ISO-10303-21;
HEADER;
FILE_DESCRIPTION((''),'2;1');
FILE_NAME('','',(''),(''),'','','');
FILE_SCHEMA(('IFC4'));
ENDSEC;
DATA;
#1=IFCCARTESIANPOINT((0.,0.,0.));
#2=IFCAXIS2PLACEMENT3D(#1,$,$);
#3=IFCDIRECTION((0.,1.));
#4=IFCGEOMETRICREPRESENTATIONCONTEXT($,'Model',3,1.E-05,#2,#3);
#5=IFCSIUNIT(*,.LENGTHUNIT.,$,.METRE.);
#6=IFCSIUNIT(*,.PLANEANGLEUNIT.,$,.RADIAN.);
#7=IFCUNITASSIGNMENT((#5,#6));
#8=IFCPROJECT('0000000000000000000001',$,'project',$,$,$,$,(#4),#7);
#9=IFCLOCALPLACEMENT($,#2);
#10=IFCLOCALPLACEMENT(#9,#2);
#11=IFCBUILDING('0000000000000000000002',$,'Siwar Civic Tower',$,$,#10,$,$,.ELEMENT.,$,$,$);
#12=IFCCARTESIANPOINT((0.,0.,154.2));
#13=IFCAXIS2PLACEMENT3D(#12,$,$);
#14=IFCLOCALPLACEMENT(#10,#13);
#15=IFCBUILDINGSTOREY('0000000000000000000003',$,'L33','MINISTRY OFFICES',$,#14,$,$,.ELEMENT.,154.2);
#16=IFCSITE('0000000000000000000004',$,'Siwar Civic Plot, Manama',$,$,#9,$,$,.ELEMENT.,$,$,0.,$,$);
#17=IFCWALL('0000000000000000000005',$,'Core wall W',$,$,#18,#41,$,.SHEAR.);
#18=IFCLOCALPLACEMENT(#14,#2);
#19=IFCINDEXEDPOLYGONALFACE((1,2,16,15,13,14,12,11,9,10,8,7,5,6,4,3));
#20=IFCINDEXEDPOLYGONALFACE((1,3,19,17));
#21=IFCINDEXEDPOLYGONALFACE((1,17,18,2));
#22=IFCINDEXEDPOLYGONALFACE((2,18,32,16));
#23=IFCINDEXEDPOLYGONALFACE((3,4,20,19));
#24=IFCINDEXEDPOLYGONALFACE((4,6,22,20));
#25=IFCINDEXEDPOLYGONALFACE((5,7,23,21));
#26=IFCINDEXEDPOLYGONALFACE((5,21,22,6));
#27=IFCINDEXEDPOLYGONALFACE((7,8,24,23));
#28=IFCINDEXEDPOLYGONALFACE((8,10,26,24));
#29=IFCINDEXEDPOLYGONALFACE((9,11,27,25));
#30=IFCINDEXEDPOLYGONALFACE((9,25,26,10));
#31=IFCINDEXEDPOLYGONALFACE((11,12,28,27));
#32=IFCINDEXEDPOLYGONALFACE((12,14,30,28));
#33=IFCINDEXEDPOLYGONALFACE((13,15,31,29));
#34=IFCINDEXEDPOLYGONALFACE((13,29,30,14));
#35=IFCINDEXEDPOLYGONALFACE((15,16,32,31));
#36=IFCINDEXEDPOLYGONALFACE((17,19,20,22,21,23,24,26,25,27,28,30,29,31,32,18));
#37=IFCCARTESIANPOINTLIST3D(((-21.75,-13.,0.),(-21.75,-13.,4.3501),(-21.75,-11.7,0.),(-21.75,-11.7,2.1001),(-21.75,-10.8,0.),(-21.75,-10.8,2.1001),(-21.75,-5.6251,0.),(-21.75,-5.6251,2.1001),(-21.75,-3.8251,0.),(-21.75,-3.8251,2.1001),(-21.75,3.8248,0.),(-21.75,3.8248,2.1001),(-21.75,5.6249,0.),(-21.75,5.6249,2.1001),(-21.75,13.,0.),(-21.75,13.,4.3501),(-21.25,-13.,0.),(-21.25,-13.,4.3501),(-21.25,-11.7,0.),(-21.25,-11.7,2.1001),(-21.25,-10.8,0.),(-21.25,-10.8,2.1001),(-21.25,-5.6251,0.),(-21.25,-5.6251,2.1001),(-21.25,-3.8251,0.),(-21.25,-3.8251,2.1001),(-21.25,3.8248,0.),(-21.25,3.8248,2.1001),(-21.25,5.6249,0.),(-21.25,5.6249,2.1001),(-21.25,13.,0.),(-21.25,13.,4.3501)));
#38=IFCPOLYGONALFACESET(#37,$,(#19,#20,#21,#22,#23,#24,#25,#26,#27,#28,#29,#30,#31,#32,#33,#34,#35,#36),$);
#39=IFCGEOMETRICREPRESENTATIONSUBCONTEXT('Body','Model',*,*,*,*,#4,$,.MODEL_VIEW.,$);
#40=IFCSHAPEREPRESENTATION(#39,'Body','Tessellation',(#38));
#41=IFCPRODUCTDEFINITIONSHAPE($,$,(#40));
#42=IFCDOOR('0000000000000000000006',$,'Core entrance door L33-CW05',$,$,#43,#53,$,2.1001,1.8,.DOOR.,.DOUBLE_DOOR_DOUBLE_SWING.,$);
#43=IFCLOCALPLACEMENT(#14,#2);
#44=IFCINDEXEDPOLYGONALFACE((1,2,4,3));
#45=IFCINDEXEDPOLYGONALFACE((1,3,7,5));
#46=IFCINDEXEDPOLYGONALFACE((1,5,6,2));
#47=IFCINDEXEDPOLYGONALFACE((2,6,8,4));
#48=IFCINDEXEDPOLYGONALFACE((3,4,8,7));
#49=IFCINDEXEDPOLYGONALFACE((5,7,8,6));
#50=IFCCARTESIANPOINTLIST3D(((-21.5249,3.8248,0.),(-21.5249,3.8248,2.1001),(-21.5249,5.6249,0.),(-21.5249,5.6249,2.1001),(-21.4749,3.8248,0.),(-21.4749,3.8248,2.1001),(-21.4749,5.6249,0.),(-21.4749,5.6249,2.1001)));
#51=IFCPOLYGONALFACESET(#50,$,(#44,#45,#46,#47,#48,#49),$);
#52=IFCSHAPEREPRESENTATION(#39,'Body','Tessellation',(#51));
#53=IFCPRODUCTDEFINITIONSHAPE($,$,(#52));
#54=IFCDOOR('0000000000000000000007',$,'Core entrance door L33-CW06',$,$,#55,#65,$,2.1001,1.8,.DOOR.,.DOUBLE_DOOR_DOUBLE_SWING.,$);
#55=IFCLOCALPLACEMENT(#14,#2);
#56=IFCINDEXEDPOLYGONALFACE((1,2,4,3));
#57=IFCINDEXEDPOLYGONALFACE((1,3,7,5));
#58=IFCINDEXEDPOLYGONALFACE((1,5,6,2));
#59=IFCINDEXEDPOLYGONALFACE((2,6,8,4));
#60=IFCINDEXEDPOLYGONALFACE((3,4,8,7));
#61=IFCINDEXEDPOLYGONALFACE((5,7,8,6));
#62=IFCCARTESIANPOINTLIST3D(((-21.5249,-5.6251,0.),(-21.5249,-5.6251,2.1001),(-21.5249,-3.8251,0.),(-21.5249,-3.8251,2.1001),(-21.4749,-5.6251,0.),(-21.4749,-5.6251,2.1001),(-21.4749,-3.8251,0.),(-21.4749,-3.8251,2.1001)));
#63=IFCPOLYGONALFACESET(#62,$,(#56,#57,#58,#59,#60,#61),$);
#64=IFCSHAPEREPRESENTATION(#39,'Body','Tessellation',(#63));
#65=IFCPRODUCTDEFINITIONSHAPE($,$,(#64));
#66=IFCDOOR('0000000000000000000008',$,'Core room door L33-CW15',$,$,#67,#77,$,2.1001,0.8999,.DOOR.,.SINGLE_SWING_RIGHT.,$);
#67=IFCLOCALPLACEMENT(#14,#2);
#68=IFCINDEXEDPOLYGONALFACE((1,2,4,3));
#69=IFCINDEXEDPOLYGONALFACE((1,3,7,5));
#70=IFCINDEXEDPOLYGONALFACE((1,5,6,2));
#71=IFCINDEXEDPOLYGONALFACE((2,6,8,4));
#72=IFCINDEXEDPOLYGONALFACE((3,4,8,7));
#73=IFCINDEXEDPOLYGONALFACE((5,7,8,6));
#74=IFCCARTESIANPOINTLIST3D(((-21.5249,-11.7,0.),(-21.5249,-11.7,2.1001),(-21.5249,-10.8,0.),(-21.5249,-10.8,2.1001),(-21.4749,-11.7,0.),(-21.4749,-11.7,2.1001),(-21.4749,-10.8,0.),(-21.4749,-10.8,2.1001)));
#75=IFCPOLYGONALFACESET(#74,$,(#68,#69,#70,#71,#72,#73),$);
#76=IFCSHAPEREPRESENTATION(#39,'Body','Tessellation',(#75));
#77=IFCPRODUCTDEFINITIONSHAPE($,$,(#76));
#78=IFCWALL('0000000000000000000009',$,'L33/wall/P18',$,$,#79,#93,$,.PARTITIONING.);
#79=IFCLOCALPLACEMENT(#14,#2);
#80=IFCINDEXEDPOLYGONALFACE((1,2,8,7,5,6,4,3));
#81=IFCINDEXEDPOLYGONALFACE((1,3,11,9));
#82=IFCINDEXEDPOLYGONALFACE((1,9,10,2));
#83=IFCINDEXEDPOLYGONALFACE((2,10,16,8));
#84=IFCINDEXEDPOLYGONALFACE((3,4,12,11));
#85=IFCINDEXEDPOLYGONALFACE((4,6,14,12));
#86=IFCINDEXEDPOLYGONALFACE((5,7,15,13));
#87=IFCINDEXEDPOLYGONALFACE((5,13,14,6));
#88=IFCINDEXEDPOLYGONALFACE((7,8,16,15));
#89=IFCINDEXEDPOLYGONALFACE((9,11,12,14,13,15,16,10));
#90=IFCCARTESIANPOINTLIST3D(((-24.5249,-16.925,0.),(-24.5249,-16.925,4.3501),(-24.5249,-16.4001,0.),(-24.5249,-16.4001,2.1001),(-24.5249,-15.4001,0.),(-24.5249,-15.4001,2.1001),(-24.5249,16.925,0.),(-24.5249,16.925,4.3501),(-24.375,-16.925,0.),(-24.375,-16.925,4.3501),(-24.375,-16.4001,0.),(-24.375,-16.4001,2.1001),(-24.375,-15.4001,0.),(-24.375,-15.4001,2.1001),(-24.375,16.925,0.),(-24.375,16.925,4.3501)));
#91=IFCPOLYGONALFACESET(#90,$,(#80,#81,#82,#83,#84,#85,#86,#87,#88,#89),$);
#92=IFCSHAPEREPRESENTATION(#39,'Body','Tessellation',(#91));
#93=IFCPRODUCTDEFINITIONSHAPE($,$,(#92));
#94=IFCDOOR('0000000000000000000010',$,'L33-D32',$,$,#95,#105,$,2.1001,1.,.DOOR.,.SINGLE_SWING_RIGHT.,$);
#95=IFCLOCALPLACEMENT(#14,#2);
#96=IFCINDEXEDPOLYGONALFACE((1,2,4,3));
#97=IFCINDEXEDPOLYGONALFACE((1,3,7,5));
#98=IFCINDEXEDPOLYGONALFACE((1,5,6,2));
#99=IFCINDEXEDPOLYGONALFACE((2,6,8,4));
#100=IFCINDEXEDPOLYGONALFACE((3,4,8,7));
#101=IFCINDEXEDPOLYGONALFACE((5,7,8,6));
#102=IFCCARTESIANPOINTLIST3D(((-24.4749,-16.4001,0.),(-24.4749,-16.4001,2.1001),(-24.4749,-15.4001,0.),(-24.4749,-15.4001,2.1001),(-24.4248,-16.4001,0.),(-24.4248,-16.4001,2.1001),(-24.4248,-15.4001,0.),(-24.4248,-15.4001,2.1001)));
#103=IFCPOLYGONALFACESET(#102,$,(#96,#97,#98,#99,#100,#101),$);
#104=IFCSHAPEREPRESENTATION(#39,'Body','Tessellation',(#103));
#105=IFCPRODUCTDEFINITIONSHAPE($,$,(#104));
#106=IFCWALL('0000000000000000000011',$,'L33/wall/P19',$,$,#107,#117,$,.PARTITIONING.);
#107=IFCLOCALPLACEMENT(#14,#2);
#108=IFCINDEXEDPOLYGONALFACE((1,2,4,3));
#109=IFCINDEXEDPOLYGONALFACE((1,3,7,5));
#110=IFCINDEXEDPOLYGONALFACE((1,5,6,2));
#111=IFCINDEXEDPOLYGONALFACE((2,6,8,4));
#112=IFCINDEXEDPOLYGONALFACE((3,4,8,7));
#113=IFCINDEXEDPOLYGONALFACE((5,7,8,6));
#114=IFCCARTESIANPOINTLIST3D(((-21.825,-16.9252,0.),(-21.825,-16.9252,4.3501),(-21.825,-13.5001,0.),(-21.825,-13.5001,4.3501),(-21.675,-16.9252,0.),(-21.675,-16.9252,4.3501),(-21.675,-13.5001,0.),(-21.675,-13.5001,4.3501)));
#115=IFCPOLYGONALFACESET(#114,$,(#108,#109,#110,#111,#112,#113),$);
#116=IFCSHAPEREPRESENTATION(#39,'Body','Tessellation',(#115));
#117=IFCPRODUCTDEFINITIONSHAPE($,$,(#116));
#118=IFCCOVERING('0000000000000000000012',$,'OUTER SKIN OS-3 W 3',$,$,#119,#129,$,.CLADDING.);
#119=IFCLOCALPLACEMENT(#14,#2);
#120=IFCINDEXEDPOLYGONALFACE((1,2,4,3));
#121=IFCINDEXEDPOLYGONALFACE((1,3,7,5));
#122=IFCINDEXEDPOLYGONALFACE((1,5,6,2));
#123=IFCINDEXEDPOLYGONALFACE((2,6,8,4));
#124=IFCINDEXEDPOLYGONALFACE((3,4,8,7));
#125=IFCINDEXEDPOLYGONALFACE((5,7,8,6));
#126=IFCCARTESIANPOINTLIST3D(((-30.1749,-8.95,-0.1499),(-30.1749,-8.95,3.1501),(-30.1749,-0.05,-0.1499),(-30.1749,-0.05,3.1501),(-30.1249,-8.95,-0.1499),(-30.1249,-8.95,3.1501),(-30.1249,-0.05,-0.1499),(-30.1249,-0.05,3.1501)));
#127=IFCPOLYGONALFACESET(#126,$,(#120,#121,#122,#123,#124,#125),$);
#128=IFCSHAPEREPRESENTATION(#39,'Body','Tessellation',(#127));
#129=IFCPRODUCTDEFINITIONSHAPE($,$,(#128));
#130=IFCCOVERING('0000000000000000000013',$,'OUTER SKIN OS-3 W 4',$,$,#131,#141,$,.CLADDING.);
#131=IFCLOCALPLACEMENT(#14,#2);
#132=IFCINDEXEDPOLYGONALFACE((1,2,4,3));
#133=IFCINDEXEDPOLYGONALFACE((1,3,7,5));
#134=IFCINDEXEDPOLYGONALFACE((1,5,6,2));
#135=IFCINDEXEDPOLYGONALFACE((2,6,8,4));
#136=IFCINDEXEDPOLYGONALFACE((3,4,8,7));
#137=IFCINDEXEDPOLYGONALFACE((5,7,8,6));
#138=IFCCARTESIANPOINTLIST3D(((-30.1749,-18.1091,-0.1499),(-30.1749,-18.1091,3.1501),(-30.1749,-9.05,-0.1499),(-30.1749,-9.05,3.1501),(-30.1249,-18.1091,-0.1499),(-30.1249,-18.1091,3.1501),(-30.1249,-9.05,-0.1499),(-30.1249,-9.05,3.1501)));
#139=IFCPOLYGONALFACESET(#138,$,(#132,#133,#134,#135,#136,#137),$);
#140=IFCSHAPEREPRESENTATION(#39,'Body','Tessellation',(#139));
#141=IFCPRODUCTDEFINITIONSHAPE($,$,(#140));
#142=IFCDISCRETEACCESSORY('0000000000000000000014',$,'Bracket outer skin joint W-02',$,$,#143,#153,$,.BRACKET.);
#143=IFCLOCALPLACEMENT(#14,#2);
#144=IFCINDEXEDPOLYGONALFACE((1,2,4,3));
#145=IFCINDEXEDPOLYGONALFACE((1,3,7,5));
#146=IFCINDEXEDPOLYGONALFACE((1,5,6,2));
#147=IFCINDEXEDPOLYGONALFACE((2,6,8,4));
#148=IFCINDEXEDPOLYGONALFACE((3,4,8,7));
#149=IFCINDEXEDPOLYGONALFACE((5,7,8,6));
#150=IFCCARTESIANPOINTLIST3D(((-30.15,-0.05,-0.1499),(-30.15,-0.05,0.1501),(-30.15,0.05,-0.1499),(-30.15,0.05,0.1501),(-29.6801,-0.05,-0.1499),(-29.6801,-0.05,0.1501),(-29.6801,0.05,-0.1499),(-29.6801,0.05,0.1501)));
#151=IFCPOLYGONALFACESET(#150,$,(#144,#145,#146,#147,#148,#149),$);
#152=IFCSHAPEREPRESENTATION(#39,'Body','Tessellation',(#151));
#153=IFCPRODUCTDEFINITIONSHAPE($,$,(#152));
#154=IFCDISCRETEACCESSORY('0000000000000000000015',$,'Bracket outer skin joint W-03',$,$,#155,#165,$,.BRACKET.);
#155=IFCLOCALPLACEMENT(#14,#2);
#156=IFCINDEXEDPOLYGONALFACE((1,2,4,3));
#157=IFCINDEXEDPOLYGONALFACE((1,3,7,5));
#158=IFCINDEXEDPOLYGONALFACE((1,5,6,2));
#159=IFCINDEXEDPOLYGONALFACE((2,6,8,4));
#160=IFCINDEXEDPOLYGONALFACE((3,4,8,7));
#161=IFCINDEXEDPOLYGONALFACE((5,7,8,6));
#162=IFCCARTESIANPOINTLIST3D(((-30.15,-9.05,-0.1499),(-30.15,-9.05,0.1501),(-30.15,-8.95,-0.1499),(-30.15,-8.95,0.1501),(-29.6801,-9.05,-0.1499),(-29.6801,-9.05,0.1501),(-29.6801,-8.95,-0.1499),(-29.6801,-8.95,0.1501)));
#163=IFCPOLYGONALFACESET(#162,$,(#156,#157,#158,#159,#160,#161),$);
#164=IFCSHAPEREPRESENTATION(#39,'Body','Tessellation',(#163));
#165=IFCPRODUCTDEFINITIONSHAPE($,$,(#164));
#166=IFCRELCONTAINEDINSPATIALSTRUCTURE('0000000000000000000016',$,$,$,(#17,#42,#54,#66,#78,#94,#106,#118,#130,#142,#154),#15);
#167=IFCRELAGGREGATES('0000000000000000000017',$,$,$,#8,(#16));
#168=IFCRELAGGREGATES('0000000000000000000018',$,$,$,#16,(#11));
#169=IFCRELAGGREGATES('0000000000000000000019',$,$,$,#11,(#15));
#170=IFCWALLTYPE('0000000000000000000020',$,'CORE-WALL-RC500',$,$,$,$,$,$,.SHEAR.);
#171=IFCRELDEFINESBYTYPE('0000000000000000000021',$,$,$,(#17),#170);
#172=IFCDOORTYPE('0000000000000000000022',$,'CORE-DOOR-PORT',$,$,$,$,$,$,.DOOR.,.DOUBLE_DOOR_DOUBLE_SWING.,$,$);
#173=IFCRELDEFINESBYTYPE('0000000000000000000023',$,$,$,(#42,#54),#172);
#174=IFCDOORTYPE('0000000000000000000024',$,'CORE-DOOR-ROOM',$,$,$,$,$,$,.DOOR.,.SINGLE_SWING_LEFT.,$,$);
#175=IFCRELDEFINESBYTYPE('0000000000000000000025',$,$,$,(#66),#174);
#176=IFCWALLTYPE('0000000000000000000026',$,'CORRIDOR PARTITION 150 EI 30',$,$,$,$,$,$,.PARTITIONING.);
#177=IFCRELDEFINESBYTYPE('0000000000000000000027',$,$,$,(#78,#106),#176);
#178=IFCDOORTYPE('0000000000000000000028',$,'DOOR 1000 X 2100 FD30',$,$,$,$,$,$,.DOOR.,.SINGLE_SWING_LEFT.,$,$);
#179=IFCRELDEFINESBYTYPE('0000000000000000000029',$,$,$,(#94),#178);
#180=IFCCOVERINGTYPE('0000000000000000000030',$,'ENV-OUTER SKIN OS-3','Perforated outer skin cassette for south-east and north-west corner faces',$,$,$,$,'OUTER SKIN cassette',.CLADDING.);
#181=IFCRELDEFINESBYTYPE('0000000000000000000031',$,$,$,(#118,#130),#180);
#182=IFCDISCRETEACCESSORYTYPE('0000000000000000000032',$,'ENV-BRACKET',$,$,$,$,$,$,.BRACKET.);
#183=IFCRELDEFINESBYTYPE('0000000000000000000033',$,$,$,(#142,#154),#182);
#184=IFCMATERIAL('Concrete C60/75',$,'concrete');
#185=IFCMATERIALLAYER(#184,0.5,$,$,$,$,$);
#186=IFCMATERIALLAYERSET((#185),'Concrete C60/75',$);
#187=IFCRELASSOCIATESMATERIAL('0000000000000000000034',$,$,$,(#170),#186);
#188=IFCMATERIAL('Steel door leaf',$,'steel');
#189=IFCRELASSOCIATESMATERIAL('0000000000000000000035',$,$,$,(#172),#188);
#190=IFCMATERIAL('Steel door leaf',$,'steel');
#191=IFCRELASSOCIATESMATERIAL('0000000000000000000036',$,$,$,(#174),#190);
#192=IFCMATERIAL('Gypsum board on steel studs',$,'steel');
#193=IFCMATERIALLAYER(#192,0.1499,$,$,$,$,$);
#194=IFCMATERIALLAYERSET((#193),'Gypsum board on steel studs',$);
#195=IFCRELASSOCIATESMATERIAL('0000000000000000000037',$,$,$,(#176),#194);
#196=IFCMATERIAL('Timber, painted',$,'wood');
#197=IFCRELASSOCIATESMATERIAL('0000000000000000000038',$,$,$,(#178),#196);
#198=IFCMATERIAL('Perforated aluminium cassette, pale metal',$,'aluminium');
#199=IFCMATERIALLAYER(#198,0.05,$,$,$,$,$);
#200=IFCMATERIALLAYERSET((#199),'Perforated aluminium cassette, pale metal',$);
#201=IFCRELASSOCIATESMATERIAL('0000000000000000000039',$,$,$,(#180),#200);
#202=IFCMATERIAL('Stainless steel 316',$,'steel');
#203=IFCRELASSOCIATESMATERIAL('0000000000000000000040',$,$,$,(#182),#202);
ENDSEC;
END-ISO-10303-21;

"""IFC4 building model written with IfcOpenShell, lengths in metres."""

from ifc_helpers import new_model, si_unit, direction, frame, frame_2d, origin, origin_2d, place, context, subcontext, project, spatial, rectangle, extrude, material, layer, layer_set, type_object, element, fill, save


model = new_model("IFC4")

# Units and contexts
model_context = context("Model", 3, precision=1e-05, world=origin(), true_north=direction((0.0, 1.0)))
body_context = subcontext(model_context, "Body", "Model", "MODEL_VIEW")
ifc_project = project(units=[si_unit("LENGTHUNIT", "METRE"), si_unit("PLANEANGLEUNIT", "RADIAN")], contexts=[model_context])

# Site, building, storey
site_placement = place(None, origin())
site = spatial("IfcSite", under=ifc_project, at=site_placement, Name="Siwar Civic Plot, Manama", CompositionType="ELEMENT", RefElevation=0.0)
building_placement = place(site_placement, origin())
building = spatial("IfcBuilding", under=site, at=building_placement, Name="Siwar Civic Tower", CompositionType="ELEMENT")
storey_placement = place(building_placement, frame((0.0, 0.0, 154.2)))
storey = spatial("IfcBuildingStorey", under=building, at=storey_placement, Name="L33", Description="MINISTRY OFFICES", CompositionType="ELEMENT", Elevation=154.2)

# Wall, openings, doors
ifc_material_1 = material(Name="Concrete C60/75", Category="concrete")
ifc_layer_1 = layer(ifc_material_1, 0.5)
ifc_layer_set_1 = layer_set([ifc_layer_1], Name="Concrete C60/75")
wall_type_1 = type_object("IfcWallType", Name="CORE-WALL-RC500", PredefinedType="SHEAR", material=ifc_layer_set_1)
wall_1_placement = place(storey_placement, frame((-21.5, -13.0, 0.0), z_axis=(0.0, 0.0, 1.0), x_axis=(0.0, 1.0, 0.0)))
wall_1 = element("IfcWall", 1, at=wall_1_placement, inside=storey, type_object=wall_type_1, Name="Core wall W", PredefinedType="SHEAR", context=body_context, shape_type="SweptSolid", body=[
    extrude(rectangle(XDim=26.0, YDim=0.5, at=frame_2d((13.0, 0.0))), origin(), (0.0, 0.0, 1.0), 4.3501),
])
opening_1_placement = place(wall_1_placement, frame((16.825, 0.0, 0.0)))
opening_1 = element("IfcOpeningElement", 2, at=opening_1_placement, cuts=wall_1, PredefinedType="OPENING", context=body_context, shape_type="SweptSolid", body=[
    extrude(rectangle(XDim=1.8, YDim=2.1001, at=frame_2d((0.8999, 1.05))), frame((0.0, 0.26, 0.0), z_axis=(0.0, -1.0, 0.0), x_axis=(1.0, 0.0, 0.0)), (0.0, 0.0, 1.0), 0.52),
])
opening_2_placement = place(wall_1_placement, frame((7.375, 0.0, 0.0)))
opening_2 = element("IfcOpeningElement", 3, at=opening_2_placement, cuts=wall_1, PredefinedType="OPENING", context=body_context, shape_type="SweptSolid", body=[
    extrude(rectangle(XDim=1.8, YDim=2.1001, at=frame_2d((0.8999, 1.05))), frame((0.0, 0.26, 0.0), z_axis=(0.0, -1.0, 0.0), x_axis=(1.0, 0.0, 0.0)), (0.0, 0.0, 1.0), 0.52),
])
opening_3_placement = place(wall_1_placement, frame((1.3, 0.0, 0.0)))
opening_3 = element("IfcOpeningElement", 4, at=opening_3_placement, cuts=wall_1, PredefinedType="OPENING", context=body_context, shape_type="SweptSolid", body=[
    extrude(rectangle(XDim=0.8999, YDim=2.1001, at=frame_2d((0.45, 1.05))), frame((0.0, 0.26, 0.0), z_axis=(0.0, -1.0, 0.0), x_axis=(1.0, 0.0, 0.0)), (0.0, 0.0, 1.0), 0.52),
])
ifc_material_2 = material(Name="Steel door leaf", Category="steel")
door_type_1 = type_object("IfcDoorType", Name="CORE-DOOR-PORT", OperationType="DOUBLE_DOOR_DOUBLE_SWING", PredefinedType="DOOR", material=ifc_material_2)
door_1_placement = place(opening_1_placement, origin())
door_1 = element("IfcDoor", 5, at=door_1_placement, inside=storey, type_object=door_type_1, Name="Core entrance door L33-CW05", OperationType="DOUBLE_DOOR_DOUBLE_SWING", OverallHeight=2.1001, OverallWidth=1.8, PredefinedType="DOOR", context=body_context, shape_type="SweptSolid", body=[
    extrude(rectangle(XDim=1.8, YDim=2.1001, at=frame_2d((0.8999, 1.05))), frame((0.0, 0.0249, 0.0), z_axis=(0.0, -1.0, 0.0), x_axis=(1.0, 0.0, 0.0)), (0.0, 0.0, 1.0), 0.05),
])
fill(opening_1, door_1)
door_2_placement = place(opening_2_placement, origin())
door_2 = element("IfcDoor", 6, at=door_2_placement, inside=storey, type_object=door_type_1, Name="Core entrance door L33-CW06", OperationType="DOUBLE_DOOR_DOUBLE_SWING", OverallHeight=2.1001, OverallWidth=1.8, PredefinedType="DOOR", context=body_context, shape_type="SweptSolid", body=[
    extrude(rectangle(XDim=1.8, YDim=2.1001, at=frame_2d((0.8999, 1.05))), frame((0.0, 0.0249, 0.0), z_axis=(0.0, -1.0, 0.0), x_axis=(1.0, 0.0, 0.0)), (0.0, 0.0, 1.0), 0.05),
])
fill(opening_2, door_2)
ifc_material_3 = material(Name="Steel door leaf", Category="steel")
door_type_2 = type_object("IfcDoorType", Name="CORE-DOOR-ROOM", OperationType="SINGLE_SWING_LEFT", PredefinedType="DOOR", material=ifc_material_3)
door_3_placement = place(opening_3_placement, origin())
door_3 = element("IfcDoor", 7, at=door_3_placement, inside=storey, type_object=door_type_2, Name="Core room door L33-CW15", OperationType="SINGLE_SWING_RIGHT", OverallHeight=2.1001, OverallWidth=0.8999, PredefinedType="DOOR", context=body_context, shape_type="SweptSolid", body=[
    extrude(rectangle(XDim=0.8999, YDim=2.1001, at=frame_2d((0.45, 1.05))), frame((0.0, 0.0249, 0.0), z_axis=(0.0, -1.0, 0.0), x_axis=(1.0, 0.0, 0.0)), (0.0, 0.0, 1.0), 0.05),
])
fill(opening_3, door_3)

# Wall, opening, door
ifc_material_4 = material(Name="Gypsum board on steel studs", Category="steel")
ifc_layer_2 = layer(ifc_material_4, 0.1499)
ifc_layer_set_2 = layer_set([ifc_layer_2], Name="Gypsum board on steel studs")
wall_type_2 = type_object("IfcWallType", Name="CORRIDOR PARTITION 150 EI 30", PredefinedType="PARTITIONING", material=ifc_layer_set_2)
wall_2_placement = place(storey_placement, frame((-24.45, -16.925, 0.0), z_axis=(0.0, 0.0, 1.0), x_axis=(0.0, 1.0, 0.0)))
wall_2 = element("IfcWall", 8, at=wall_2_placement, inside=storey, type_object=wall_type_2, Name="L33/wall/P18", PredefinedType="PARTITIONING", context=body_context, shape_type="SweptSolid", body=[
    extrude(rectangle(XDim=33.8501, YDim=0.1499, at=frame_2d((16.925, 0.0))), origin(), (0.0, 0.0, 1.0), 4.3501),
])
opening_4_placement = place(wall_2_placement, frame((0.5249, 0.0, 0.0)))
opening_4 = element("IfcOpeningElement", 9, at=opening_4_placement, cuts=wall_2, PredefinedType="OPENING", context=body_context, shape_type="SweptSolid", body=[
    extrude(rectangle(XDim=1.0, YDim=2.1001, at=frame_2d((0.5, 1.05))), frame((0.0, 0.085, 0.0), z_axis=(0.0, -1.0, 0.0), x_axis=(1.0, 0.0, 0.0)), (0.0, 0.0, 1.0), 0.1699),
])
ifc_material_5 = material(Name="Timber, painted", Category="wood")
door_type_3 = type_object("IfcDoorType", Name="DOOR 1000 X 2100 FD30", OperationType="SINGLE_SWING_LEFT", PredefinedType="DOOR", material=ifc_material_5)
door_4_placement = place(opening_4_placement, origin())
door_4 = element("IfcDoor", 10, at=door_4_placement, inside=storey, type_object=door_type_3, Name="L33-D32", OperationType="SINGLE_SWING_RIGHT", OverallHeight=2.1001, OverallWidth=1.0, PredefinedType="DOOR", context=body_context, shape_type="SweptSolid", body=[
    extrude(rectangle(XDim=1.0, YDim=2.1001, at=frame_2d((0.5, 1.05))), frame((0.0, 0.0249, 0.0), z_axis=(0.0, -1.0, 0.0), x_axis=(1.0, 0.0, 0.0)), (0.0, 0.0, 1.0), 0.05),
])
fill(opening_4, door_4)

# Wall
wall_3_placement = place(storey_placement, frame((-21.75, -16.925, 0.0), z_axis=(0.0, 0.0, 1.0), x_axis=(0.0, 1.0, 0.0)))
element("IfcWall", 11, at=wall_3_placement, inside=storey, type_object=wall_type_2, Name="L33/wall/P19", PredefinedType="PARTITIONING", context=body_context, shape_type="SweptSolid", body=[
    extrude(rectangle(XDim=3.425, YDim=0.1499, at=frame_2d((1.7124, 0.0))), origin(), (0.0, 0.0, 1.0), 4.3501),
])

# Coverings
ifc_material_6 = material(Name="Perforated aluminium cassette, pale metal", Category="aluminium")
ifc_layer_3 = layer(ifc_material_6, 0.05)
ifc_layer_set_3 = layer_set([ifc_layer_3], Name="Perforated aluminium cassette, pale metal")
covering_type = type_object("IfcCoveringType", Name="ENV-OUTER SKIN OS-3", Description="Perforated outer skin cassette for south-east and north-west corner faces", ElementType="OUTER SKIN cassette", PredefinedType="CLADDING", material=ifc_layer_set_3)
covering_1_placement = place(storey_placement, frame((-30.1499, -4.5, -0.1499), z_axis=(0.0, 0.0, 1.0), x_axis=(0.0, -1.0, 0.0)))
element("IfcCovering", 12, at=covering_1_placement, inside=storey, type_object=covering_type, Name="OUTER SKIN OS-3 W 3", PredefinedType="CLADDING", context=body_context, shape_type="SweptSolid", body=[
    extrude(rectangle(XDim=8.8999, YDim=0.05, at=origin_2d()), origin(), (0.0, 0.0, 1.0), 3.3),
])
covering_2_placement = place(storey_placement, frame((-30.1499, -13.5796, -0.1499), z_axis=(0.0, 0.0, 1.0), x_axis=(0.0, -1.0, 0.0)))
element("IfcCovering", 13, at=covering_2_placement, inside=storey, type_object=covering_type, Name="OUTER SKIN OS-3 W 4", PredefinedType="CLADDING", context=body_context, shape_type="SweptSolid", body=[
    extrude(rectangle(XDim=9.0591, YDim=0.05, at=origin_2d()), origin(), (0.0, 0.0, 1.0), 3.3),
])

# Discrete accessories
ifc_material_7 = material(Name="Stainless steel 316", Category="steel")
discrete_accessory_type = type_object("IfcDiscreteAccessoryType", Name="ENV-BRACKET", PredefinedType="BRACKET", material=ifc_material_7)
for number, where, z_axis, x_axis, name in (
    (14, (-29.915, 0.0, -0.1499), (0.0, 0.0, 1.0), (-1.0, 0.0, 0.0), "Bracket outer skin joint W-02"),
    (15, (-29.915, -9.0, -0.1499), (0.0, 0.0, 1.0), (-1.0, 0.0, 0.0), "Bracket outer skin joint W-03"),
):
    element("IfcDiscreteAccessory", number, at=place(storey_placement, frame(where, z_axis=z_axis, x_axis=x_axis)), inside=storey, type_object=discrete_accessory_type, Name=name, PredefinedType="BRACKET", context=body_context, shape_type="SweptSolid", body=[
        extrude(rectangle(XDim=0.47, YDim=0.1001, at=origin_2d()), origin(), (0.0, 0.0, 1.0), 0.3),
    ])

save(model, "model.ifc")
